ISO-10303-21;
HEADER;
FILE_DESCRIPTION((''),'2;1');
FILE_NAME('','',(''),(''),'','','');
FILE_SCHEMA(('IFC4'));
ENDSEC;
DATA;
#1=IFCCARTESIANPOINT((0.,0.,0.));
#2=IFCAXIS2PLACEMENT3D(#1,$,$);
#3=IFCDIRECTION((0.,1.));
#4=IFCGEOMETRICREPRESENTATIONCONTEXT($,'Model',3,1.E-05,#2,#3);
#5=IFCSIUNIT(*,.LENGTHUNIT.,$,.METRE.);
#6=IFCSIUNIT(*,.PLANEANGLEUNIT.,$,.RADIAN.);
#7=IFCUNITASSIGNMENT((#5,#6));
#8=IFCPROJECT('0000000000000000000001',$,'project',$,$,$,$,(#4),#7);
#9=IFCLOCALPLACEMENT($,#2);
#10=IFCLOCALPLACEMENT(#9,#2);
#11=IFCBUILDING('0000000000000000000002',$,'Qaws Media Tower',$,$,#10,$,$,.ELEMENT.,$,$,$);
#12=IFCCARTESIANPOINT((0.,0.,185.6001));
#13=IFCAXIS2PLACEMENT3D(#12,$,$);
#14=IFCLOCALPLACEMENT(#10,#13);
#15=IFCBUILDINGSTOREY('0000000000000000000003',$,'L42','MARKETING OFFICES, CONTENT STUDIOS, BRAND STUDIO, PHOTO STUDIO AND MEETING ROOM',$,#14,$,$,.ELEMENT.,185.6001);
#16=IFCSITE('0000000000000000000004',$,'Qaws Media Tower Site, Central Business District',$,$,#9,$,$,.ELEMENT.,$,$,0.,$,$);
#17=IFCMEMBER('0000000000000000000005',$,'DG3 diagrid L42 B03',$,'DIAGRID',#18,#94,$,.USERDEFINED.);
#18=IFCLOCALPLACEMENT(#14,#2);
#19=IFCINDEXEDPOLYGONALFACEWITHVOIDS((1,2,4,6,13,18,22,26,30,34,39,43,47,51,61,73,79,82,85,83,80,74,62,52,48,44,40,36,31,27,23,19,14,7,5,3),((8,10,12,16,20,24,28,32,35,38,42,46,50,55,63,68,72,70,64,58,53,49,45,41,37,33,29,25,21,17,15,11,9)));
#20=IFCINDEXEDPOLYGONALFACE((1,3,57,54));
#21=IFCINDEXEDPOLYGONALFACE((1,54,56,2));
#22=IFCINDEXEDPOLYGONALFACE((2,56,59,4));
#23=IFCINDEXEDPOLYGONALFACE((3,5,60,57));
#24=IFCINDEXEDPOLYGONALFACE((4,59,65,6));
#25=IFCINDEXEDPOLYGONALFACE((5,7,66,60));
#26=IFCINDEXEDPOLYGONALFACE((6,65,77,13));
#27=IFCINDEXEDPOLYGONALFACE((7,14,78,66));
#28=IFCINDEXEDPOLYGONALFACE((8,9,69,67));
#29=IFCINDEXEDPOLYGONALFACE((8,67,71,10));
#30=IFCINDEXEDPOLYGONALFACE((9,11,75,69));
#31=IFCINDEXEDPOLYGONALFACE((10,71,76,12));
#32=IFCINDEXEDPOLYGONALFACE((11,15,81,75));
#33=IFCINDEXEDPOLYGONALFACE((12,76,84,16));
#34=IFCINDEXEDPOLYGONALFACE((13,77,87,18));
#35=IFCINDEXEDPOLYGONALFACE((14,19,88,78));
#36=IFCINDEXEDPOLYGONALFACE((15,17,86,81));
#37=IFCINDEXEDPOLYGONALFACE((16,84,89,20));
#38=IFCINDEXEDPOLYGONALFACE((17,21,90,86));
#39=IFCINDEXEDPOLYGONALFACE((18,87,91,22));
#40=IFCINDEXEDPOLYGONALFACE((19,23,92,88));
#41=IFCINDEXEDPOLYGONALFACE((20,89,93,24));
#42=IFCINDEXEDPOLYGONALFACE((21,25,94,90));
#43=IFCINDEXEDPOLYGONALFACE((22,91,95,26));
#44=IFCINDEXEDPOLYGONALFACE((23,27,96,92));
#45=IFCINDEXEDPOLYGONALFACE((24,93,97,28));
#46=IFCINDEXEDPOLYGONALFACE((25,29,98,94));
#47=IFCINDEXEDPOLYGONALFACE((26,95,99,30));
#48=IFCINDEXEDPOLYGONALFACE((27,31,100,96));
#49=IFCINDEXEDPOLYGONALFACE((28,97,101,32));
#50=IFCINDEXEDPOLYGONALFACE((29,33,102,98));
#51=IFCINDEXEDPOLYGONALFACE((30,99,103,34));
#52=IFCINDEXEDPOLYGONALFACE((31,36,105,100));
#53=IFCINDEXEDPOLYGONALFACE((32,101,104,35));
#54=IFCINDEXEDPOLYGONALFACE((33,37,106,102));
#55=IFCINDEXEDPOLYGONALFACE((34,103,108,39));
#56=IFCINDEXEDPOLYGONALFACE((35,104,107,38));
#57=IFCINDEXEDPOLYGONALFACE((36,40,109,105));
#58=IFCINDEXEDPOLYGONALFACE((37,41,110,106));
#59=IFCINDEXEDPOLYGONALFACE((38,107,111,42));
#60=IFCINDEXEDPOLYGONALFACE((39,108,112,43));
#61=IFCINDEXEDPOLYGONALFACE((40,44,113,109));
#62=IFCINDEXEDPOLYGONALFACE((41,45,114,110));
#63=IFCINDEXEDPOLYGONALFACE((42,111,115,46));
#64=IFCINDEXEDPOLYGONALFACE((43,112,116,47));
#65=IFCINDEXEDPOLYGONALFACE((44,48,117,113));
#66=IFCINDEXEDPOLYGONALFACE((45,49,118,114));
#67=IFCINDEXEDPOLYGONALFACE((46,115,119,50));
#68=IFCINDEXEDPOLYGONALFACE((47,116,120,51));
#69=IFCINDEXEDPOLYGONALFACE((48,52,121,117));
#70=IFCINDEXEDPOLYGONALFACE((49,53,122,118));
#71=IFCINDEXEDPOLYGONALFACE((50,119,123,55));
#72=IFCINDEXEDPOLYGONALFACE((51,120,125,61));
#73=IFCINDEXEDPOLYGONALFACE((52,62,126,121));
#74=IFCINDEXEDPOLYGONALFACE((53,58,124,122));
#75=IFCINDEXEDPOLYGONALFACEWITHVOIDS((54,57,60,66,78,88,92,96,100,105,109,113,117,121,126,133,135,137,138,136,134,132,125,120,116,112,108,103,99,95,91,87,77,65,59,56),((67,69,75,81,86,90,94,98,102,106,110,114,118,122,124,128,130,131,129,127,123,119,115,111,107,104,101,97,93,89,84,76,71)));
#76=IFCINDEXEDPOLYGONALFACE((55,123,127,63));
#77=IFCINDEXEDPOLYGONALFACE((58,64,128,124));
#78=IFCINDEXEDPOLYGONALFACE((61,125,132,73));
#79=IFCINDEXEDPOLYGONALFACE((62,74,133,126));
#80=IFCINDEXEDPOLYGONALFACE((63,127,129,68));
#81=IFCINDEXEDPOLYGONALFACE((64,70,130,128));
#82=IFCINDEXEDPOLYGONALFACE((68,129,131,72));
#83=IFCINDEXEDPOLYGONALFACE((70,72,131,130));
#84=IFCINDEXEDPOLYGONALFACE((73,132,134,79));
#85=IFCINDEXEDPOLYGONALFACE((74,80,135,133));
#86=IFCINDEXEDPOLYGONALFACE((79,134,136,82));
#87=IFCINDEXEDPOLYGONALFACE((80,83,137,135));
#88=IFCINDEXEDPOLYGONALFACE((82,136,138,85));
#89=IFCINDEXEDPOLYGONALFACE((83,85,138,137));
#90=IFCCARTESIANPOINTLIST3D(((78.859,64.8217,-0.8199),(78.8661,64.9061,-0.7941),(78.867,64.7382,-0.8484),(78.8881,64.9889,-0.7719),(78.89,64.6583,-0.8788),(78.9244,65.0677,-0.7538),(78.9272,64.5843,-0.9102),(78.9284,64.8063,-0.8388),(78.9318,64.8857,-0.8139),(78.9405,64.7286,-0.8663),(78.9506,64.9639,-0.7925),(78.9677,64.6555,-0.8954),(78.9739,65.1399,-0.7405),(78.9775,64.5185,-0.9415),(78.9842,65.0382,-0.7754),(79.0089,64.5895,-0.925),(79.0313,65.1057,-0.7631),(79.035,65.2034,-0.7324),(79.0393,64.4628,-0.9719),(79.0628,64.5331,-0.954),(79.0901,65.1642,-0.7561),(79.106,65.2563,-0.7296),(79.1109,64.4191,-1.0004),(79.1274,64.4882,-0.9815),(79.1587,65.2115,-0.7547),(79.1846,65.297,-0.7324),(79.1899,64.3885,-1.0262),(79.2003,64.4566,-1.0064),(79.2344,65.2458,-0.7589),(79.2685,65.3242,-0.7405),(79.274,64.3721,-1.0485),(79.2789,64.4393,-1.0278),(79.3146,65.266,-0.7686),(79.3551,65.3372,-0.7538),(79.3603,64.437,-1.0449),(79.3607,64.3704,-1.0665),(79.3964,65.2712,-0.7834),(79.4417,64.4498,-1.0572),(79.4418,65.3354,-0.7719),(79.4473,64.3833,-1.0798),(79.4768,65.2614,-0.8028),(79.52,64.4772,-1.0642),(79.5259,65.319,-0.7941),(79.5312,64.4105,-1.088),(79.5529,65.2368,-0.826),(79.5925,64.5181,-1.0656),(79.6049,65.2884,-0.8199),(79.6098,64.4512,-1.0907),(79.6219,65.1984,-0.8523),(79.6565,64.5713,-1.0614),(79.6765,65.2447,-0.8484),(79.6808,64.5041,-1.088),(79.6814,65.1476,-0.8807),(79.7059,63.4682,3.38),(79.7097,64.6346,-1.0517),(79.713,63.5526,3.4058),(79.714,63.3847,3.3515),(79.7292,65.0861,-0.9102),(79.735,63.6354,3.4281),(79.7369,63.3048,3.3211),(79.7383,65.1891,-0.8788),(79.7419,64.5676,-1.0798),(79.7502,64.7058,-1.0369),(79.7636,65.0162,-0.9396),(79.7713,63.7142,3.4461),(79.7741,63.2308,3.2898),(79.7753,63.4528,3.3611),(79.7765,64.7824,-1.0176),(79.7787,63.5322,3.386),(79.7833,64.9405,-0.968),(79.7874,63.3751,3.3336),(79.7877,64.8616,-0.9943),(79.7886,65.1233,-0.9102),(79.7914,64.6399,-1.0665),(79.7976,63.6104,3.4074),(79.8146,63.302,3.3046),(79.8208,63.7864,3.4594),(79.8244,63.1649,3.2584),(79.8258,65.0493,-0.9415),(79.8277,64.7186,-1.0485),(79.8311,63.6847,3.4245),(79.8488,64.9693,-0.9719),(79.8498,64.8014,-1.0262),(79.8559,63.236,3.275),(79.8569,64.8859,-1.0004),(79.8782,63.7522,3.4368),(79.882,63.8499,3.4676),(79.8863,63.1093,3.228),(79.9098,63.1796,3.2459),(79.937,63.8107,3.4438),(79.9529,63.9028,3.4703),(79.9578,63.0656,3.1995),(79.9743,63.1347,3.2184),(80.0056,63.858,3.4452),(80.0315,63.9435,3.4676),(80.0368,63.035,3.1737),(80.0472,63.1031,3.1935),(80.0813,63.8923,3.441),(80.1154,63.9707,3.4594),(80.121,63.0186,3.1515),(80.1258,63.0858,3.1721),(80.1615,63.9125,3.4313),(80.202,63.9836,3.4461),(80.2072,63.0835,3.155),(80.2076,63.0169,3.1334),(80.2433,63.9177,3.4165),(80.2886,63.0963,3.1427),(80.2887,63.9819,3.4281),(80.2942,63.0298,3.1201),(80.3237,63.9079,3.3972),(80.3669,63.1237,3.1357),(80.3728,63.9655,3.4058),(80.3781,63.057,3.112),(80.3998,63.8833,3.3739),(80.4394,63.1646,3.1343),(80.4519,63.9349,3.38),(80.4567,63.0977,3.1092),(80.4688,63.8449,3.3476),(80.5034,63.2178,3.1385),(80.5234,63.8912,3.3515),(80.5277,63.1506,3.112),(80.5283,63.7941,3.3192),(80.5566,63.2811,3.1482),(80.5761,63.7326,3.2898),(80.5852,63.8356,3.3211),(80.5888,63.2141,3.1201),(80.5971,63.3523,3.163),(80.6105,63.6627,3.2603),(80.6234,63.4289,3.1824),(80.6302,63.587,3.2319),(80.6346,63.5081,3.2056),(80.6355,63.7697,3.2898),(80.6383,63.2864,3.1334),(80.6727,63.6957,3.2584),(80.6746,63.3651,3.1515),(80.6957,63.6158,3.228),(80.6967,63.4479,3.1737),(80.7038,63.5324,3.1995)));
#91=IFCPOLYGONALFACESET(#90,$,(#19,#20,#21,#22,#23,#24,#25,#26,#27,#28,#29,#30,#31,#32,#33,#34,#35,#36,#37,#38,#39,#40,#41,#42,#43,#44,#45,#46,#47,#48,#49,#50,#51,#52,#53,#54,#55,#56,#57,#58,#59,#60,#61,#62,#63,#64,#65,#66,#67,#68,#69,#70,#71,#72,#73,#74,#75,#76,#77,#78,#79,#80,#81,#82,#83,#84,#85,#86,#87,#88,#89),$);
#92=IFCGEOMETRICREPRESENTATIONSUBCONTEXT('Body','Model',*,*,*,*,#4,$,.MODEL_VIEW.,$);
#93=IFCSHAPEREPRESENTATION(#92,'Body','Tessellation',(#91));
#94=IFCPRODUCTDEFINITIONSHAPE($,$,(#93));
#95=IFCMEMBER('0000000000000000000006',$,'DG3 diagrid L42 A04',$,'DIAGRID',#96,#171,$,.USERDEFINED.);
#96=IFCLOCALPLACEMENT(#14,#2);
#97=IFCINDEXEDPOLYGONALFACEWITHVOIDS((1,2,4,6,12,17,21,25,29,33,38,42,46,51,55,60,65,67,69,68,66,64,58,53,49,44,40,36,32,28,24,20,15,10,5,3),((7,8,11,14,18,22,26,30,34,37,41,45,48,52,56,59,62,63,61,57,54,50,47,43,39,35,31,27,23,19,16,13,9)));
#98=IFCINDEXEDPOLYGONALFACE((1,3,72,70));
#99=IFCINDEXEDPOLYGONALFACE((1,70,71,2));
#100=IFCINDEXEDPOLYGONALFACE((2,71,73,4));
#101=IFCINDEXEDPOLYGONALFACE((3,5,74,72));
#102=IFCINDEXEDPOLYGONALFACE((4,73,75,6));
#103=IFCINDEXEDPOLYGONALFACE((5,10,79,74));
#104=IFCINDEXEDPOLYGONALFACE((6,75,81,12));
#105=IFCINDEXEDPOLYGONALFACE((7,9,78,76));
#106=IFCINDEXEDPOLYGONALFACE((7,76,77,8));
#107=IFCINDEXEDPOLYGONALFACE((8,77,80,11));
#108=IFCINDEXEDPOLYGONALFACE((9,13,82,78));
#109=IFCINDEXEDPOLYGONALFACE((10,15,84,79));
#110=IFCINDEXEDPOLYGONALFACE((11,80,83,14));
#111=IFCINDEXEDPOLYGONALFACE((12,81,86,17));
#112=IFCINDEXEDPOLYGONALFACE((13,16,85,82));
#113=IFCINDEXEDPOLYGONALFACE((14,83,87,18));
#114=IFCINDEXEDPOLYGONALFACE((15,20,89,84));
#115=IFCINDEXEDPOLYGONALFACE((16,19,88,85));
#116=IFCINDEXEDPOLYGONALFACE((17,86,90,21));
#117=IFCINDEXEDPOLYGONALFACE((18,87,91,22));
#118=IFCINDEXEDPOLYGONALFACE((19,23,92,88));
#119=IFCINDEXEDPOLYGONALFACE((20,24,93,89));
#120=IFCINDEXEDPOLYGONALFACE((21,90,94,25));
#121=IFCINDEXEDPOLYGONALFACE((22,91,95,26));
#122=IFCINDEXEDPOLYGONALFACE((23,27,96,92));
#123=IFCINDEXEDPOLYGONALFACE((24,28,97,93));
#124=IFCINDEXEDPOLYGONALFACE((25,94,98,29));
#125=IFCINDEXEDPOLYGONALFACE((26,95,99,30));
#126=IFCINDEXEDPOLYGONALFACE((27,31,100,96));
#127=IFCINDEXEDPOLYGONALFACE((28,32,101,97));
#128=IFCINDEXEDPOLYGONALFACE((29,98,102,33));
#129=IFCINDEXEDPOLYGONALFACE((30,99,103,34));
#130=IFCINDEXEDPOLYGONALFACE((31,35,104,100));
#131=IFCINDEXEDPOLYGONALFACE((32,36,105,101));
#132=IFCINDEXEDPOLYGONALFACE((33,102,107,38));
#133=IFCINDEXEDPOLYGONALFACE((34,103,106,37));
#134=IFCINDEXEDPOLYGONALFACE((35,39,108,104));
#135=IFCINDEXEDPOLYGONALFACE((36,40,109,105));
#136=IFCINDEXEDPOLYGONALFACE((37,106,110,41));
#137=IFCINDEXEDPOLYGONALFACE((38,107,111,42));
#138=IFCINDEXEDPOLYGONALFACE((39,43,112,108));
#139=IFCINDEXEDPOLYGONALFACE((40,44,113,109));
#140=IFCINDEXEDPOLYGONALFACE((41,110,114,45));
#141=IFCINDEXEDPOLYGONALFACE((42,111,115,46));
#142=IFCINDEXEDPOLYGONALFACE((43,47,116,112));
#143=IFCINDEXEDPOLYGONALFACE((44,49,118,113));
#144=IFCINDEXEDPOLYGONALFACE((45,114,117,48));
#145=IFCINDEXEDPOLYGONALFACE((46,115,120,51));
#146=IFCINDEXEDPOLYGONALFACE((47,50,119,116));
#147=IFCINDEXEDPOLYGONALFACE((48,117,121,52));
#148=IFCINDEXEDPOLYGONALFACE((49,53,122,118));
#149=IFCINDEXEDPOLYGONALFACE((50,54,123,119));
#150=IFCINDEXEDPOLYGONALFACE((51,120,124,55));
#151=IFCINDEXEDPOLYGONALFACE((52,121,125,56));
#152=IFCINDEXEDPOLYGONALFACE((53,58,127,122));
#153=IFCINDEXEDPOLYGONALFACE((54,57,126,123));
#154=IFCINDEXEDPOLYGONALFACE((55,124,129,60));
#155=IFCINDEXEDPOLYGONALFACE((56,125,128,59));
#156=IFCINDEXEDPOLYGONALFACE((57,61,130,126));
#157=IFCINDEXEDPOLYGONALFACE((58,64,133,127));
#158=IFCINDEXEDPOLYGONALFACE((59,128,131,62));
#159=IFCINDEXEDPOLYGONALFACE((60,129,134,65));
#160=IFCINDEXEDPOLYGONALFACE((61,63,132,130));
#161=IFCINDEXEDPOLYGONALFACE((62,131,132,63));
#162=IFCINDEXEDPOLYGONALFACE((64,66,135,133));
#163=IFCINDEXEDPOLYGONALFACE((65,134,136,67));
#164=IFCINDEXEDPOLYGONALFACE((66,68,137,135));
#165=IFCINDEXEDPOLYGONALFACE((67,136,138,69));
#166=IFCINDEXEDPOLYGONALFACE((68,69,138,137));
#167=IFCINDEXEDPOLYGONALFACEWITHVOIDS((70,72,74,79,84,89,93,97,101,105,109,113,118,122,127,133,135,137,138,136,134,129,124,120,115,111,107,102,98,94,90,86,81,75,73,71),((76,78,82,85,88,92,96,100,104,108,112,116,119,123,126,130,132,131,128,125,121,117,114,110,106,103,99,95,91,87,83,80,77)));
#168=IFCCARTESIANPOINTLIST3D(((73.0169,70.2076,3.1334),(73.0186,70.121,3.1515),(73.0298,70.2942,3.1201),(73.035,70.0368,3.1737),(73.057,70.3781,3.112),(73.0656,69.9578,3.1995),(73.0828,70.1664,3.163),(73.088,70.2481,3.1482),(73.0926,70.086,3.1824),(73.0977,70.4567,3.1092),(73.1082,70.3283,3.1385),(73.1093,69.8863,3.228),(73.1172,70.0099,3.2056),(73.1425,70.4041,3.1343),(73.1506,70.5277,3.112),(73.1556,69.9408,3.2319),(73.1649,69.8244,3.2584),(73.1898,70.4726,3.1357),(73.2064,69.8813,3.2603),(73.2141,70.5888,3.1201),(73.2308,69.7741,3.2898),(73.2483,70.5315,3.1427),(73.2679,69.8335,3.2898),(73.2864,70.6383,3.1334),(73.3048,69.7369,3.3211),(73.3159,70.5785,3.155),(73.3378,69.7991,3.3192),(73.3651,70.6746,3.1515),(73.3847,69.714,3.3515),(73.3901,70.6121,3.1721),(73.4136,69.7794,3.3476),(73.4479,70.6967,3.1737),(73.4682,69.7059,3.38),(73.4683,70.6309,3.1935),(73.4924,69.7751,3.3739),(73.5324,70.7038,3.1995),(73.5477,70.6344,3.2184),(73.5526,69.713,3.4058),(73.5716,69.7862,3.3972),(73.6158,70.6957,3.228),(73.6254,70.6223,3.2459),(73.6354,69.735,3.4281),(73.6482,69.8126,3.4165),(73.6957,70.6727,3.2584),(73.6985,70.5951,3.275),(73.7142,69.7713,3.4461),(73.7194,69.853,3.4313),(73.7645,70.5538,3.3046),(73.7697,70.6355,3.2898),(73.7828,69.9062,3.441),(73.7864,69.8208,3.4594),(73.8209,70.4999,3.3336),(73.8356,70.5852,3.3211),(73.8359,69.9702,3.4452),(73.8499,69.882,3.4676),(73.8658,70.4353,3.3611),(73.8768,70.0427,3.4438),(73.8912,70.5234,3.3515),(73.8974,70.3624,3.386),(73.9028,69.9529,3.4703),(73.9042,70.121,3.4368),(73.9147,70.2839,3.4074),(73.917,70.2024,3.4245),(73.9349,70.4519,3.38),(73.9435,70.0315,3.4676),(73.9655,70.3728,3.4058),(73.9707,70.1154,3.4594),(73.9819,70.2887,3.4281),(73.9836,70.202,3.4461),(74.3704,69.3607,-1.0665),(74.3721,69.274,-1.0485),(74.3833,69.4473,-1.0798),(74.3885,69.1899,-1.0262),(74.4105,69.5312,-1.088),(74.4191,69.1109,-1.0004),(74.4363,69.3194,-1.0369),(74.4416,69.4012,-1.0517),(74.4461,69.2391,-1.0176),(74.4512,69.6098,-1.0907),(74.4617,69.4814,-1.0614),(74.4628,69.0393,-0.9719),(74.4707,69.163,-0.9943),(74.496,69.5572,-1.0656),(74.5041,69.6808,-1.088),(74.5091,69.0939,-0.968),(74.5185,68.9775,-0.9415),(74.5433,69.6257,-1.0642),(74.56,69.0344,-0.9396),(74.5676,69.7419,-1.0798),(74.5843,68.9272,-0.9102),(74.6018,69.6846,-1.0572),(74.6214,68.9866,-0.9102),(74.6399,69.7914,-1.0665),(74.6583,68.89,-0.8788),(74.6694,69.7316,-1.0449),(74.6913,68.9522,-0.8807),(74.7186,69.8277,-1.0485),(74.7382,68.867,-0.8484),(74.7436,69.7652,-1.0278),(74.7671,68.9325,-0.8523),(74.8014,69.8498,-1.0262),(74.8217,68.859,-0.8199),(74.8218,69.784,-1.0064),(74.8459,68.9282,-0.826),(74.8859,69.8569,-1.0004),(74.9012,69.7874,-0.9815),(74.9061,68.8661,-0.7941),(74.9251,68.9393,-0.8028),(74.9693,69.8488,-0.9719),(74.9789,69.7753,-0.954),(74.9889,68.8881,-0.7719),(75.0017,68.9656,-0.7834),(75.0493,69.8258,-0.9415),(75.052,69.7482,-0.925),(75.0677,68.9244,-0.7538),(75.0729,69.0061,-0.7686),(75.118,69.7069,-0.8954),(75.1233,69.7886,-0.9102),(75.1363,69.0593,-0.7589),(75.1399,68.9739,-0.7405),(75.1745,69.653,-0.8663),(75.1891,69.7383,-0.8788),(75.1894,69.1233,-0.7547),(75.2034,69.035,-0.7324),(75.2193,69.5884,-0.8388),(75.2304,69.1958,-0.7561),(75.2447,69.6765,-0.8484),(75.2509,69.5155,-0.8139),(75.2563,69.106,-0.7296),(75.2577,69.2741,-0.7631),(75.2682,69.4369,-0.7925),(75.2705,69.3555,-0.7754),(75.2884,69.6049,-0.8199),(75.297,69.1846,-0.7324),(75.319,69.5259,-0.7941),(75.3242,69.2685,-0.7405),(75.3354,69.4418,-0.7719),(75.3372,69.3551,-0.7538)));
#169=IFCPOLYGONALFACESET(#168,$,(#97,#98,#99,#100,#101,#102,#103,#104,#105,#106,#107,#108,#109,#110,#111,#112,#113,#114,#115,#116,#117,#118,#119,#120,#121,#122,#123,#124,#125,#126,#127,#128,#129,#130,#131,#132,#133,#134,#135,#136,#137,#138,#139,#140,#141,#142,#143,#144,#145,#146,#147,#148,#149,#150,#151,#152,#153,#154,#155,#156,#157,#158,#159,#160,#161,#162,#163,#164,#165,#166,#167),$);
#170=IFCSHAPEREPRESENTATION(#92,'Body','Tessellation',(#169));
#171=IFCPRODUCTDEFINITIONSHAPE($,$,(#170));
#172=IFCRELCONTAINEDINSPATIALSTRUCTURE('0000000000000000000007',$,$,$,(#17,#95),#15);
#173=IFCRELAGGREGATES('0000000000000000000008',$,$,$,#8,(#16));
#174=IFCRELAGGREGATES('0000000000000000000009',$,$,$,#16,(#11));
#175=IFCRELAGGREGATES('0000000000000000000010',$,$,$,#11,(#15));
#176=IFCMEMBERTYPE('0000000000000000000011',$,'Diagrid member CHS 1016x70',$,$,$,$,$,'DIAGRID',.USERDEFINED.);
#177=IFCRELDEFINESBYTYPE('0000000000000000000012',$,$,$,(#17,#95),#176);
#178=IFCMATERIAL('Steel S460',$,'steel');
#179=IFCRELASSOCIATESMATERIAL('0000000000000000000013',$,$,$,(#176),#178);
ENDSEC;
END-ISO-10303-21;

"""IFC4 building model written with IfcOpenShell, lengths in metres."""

from ifc_helpers import new_model, si_unit, direction, frame, origin, origin_2d, place, context, subcontext, project, spatial, hollow_circle, extrude, material, material_profile, profile_set, type_object, element, save


model = new_model("IFC4")

# Units and contexts
model_context = context("Model", 3, precision=1e-05, world=origin(), true_north=direction((0.0, 1.0)))
body_context = subcontext(model_context, "Body", "Model", "MODEL_VIEW")
ifc_project = project(units=[si_unit("LENGTHUNIT", "METRE"), si_unit("PLANEANGLEUNIT", "RADIAN")], contexts=[model_context])

# Site, building, storey
site_placement = place(None, origin())
site = spatial("IfcSite", under=ifc_project, at=site_placement, Name="Qaws Media Tower Site, Central Business District", CompositionType="ELEMENT", RefElevation=0.0)
building_placement = place(site_placement, origin())
building = spatial("IfcBuilding", under=site, at=building_placement, Name="Qaws Media Tower", CompositionType="ELEMENT")
storey_placement = place(building_placement, frame((0.0, 0.0, 185.6001)))
storey = spatial("IfcBuildingStorey", under=building, at=storey_placement, Name="L42", Description="MARKETING OFFICES, CONTENT STUDIOS, BRAND STUDIO, PHOTO STUDIO AND MEETING ROOM", CompositionType="ELEMENT", Elevation=185.6001)

# Members
ifc_material_1 = material(Name="Steel S460", Category="steel")
ifc_material_profile_1 = material_profile(ifc_material_1, hollow_circle(Radius=0.5081, WallThickness=0.0701, at=origin_2d()), Name="CHS 1016x70")
ifc_profile_set_1 = profile_set([ifc_material_profile_1], Name="Steel S460")
member_type_1 = type_object("IfcMemberType", Name="Diagrid member CHS 1016x70", ElementType="DIAGRID", PredefinedType="USERDEFINED", material=ifc_profile_set_1)
for number, where, z_axis, x_axis, name in (
    (1, (79.3579, 64.8538, -0.9102), (0.18849, -0.301236, 0.934734), (0.847723, 0.530439, 0.0), "DG3 diagrid L42 B03"),
    (2, (74.8538, 69.3579, -0.9102), (-0.301236, 0.18849, 0.934734), (-0.530439, -0.847723, 0.0), "DG3 diagrid L42 A04"),
):
    element("IfcMember", number, at=place(storey_placement, frame(where, z_axis=z_axis, x_axis=x_axis)), inside=storey, type_object=member_type_1, Name=name, ObjectType="DIAGRID", PredefinedType="USERDEFINED", context=body_context, shape_type="SweptSolid", body=[
        extrude(hollow_circle(Radius=0.5081, WallThickness=0.0701, at=origin_2d()), origin(), (0.0, 0.0, 1.0), 4.4932),
    ])

save(model, "model.ifc")
